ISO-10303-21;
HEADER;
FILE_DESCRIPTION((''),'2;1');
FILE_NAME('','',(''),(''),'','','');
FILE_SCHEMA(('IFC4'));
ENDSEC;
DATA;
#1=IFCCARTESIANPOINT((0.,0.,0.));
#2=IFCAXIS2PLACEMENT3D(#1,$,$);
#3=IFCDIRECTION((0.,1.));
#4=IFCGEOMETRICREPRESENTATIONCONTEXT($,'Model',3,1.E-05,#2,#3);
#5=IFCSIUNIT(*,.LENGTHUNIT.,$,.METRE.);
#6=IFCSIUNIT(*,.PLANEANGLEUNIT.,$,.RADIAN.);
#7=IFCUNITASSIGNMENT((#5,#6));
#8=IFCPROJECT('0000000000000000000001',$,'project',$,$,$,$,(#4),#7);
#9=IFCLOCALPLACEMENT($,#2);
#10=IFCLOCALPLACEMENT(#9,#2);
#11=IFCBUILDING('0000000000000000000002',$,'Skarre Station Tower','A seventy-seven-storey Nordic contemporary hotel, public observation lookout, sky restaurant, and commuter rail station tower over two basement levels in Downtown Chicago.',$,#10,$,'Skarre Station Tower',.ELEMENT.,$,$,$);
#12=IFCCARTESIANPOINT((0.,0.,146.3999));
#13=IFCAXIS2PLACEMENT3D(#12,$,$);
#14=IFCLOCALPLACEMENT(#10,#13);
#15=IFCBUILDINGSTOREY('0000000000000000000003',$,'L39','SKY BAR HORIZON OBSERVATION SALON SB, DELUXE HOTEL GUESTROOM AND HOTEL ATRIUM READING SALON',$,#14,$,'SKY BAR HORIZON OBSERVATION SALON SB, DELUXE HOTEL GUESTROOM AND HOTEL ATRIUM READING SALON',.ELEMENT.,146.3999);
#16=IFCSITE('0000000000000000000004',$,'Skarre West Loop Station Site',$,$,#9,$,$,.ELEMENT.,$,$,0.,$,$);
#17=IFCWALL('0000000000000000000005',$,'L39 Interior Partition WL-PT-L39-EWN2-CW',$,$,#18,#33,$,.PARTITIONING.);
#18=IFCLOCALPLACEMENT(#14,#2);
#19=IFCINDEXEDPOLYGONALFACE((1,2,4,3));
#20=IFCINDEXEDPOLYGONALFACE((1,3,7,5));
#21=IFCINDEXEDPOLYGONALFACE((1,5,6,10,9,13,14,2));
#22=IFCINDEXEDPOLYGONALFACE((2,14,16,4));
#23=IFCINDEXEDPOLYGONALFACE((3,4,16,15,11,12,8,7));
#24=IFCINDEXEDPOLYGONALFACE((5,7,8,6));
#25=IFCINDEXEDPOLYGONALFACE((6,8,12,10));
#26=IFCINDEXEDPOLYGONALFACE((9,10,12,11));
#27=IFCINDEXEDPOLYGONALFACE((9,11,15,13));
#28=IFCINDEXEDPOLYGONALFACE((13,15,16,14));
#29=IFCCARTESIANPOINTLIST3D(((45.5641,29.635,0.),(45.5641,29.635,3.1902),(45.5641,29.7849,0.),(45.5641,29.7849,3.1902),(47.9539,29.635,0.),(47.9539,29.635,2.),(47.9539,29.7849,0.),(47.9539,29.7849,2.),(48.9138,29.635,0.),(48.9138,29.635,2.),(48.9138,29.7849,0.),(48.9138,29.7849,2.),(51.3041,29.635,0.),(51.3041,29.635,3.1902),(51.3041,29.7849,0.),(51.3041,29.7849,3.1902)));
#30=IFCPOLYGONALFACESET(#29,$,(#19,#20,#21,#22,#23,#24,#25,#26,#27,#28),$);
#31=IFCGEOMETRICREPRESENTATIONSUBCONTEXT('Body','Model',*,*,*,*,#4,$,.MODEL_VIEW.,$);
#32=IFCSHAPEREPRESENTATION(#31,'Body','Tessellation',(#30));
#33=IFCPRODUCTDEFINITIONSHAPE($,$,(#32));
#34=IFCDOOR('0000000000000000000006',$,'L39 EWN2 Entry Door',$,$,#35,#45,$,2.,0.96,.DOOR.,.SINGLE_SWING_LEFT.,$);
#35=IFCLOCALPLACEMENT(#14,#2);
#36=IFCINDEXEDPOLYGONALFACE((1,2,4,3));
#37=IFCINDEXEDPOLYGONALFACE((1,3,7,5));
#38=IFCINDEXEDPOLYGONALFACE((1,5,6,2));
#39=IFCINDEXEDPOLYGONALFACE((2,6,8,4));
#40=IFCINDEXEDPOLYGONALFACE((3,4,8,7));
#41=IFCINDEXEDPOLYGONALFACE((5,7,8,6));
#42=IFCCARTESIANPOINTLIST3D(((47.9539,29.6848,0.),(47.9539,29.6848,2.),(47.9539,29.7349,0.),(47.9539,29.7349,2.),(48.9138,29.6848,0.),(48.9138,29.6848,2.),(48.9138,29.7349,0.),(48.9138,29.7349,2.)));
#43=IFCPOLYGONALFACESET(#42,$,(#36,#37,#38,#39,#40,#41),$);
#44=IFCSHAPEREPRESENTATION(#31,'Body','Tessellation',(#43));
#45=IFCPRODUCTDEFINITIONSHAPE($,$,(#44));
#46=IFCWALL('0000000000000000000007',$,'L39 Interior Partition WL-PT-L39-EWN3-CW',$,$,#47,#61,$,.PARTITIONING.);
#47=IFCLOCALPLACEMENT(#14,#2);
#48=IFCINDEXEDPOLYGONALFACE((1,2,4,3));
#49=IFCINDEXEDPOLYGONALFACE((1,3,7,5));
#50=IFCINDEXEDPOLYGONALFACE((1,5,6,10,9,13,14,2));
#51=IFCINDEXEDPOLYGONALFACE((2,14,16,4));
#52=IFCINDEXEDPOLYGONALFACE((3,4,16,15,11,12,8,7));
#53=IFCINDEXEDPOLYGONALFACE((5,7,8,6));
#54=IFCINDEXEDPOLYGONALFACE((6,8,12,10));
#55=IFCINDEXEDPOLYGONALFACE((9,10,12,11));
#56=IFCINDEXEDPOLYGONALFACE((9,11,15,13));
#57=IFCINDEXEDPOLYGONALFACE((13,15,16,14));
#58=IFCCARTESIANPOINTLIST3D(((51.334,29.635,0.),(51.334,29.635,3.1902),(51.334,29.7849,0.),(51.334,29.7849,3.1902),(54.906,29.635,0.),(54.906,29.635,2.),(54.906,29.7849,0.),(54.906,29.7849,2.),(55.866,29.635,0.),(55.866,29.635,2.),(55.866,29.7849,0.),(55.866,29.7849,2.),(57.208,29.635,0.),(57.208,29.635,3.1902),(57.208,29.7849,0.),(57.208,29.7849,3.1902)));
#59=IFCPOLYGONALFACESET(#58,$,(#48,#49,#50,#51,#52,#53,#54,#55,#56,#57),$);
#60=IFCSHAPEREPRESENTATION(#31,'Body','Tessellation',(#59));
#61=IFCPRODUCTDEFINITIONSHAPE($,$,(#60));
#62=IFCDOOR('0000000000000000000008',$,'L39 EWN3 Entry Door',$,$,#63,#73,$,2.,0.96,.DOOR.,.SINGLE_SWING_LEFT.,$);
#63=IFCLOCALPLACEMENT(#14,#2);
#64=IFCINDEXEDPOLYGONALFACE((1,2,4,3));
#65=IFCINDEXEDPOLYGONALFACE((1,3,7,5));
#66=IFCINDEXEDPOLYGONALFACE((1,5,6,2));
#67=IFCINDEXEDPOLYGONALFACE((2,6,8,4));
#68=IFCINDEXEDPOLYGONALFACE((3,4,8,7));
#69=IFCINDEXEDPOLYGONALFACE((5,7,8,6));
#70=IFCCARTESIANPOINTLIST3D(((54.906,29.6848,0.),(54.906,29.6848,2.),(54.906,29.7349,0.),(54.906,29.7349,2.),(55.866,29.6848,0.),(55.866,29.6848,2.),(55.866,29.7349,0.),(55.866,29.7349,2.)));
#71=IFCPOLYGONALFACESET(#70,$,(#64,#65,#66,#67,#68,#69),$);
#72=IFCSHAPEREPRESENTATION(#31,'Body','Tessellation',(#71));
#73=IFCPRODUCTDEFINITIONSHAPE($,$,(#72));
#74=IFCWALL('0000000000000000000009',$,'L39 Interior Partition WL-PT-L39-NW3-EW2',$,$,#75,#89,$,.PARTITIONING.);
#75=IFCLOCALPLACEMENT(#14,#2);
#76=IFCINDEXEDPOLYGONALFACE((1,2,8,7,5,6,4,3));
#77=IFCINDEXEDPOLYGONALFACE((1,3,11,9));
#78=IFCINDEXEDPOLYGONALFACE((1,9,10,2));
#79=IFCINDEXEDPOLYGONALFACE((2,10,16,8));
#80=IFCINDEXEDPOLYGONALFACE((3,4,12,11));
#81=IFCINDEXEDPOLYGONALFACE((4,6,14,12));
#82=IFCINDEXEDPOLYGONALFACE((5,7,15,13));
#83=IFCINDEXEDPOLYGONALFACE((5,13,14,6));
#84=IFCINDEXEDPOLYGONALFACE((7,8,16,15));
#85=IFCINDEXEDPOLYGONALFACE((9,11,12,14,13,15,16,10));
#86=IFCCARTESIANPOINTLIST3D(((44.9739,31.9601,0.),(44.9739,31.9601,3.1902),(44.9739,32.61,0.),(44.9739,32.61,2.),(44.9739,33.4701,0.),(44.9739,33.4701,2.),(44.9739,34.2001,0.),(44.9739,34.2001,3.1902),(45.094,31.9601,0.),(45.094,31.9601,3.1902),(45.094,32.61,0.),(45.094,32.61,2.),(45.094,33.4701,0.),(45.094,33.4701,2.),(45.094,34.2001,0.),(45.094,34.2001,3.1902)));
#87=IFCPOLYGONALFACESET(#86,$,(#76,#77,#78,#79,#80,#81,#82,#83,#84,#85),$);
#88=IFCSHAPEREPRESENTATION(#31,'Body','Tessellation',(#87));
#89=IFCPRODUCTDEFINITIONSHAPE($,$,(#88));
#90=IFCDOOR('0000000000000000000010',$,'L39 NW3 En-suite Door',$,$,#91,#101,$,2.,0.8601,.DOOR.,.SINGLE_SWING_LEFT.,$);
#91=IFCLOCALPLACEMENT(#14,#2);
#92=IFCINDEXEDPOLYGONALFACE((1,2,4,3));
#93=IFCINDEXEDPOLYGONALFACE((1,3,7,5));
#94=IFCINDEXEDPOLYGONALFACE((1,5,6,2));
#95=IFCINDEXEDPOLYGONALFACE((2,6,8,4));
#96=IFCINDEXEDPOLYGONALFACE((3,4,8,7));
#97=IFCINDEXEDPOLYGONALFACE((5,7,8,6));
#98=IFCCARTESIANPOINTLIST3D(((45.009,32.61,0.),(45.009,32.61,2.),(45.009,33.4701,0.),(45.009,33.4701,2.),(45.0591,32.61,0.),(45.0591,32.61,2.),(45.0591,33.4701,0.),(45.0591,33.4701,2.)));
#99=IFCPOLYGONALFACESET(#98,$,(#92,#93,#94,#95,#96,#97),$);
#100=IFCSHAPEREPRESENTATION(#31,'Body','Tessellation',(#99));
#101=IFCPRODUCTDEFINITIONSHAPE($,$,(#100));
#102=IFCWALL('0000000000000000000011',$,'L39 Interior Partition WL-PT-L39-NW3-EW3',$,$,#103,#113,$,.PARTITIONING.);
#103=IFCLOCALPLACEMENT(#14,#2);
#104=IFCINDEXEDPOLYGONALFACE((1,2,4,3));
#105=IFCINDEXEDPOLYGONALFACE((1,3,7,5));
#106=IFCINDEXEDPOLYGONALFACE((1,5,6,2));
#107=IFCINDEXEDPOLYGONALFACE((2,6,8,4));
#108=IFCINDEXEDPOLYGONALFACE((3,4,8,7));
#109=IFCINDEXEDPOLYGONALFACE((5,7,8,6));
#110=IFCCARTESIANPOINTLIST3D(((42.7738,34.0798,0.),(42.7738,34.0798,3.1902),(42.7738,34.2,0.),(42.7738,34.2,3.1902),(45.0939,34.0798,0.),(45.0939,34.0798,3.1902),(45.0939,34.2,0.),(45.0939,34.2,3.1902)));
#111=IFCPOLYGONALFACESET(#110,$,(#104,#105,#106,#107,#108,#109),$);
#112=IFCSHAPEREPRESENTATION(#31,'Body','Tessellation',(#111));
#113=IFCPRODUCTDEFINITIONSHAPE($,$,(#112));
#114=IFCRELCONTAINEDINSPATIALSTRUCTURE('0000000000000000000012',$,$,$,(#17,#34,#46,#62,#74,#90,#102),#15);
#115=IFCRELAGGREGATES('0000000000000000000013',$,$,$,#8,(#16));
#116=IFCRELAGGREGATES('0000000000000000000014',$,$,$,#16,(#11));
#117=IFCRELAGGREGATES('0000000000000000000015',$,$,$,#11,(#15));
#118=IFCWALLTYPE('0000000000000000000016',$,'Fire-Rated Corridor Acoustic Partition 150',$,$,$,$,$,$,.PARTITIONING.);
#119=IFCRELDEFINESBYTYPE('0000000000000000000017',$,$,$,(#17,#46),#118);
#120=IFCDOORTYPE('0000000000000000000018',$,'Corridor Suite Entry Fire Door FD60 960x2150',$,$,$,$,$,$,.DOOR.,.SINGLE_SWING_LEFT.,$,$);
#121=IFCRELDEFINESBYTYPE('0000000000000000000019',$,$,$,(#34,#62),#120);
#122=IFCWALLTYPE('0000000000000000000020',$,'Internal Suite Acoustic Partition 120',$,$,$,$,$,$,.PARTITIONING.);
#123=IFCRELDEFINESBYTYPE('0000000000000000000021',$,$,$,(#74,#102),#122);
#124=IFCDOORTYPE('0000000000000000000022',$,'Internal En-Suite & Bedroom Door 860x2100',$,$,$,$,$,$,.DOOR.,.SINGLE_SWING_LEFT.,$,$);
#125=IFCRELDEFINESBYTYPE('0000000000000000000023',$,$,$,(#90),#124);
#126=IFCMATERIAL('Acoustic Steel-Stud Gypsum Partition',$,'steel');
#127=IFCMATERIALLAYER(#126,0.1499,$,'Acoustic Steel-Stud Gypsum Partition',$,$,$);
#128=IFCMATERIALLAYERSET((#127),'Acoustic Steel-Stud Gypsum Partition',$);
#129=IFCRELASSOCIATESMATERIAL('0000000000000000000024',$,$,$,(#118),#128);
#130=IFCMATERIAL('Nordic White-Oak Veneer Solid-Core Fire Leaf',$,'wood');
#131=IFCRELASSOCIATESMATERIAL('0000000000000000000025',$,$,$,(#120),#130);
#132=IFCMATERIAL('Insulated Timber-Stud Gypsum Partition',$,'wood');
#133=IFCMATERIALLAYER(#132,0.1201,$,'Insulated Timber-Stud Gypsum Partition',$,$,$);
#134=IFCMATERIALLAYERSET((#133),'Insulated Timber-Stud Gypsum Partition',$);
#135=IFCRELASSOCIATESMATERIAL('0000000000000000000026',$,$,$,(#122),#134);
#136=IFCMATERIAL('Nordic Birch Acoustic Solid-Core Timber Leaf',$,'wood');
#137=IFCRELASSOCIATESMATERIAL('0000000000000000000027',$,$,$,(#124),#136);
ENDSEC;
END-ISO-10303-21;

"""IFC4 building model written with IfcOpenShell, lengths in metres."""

from ifc_helpers import new_model, si_unit, direction, frame, frame_2d, origin, place, context, subcontext, project, spatial, rectangle, extrude, material, layer, layer_set, type_object, element, fill, save


model = new_model("IFC4")

# Units and contexts
model_context = context("Model", 3, precision=1e-05, world=origin(), true_north=direction((0.0, 1.0)))
body_context = subcontext(model_context, "Body", "Model", "MODEL_VIEW")
ifc_project = project(units=[si_unit("LENGTHUNIT", "METRE"), si_unit("PLANEANGLEUNIT", "RADIAN")], contexts=[model_context])

# Site, building, storey
site_placement = place(None, origin())
site = spatial("IfcSite", under=ifc_project, at=site_placement, Name="Skarre West Loop Station Site", CompositionType="ELEMENT", RefElevation=0.0)
building_placement = place(site_placement, origin())
building = spatial("IfcBuilding", under=site, at=building_placement, Name="Skarre Station Tower", Description="A seventy-seven-storey Nordic contemporary hotel, public observation lookout, sky restaurant, and commuter rail station tower over two basement levels in Downtown Chicago.", LongName="Skarre Station Tower", CompositionType="ELEMENT")
storey_placement = place(building_placement, frame((0.0, 0.0, 146.3999)))
storey = spatial("IfcBuildingStorey", under=building, at=storey_placement, Name="L39", Description="SKY BAR HORIZON OBSERVATION SALON SB, DELUXE HOTEL GUESTROOM AND HOTEL ATRIUM READING SALON", LongName="SKY BAR HORIZON OBSERVATION SALON SB, DELUXE HOTEL GUESTROOM AND HOTEL ATRIUM READING SALON", CompositionType="ELEMENT", Elevation=146.3999)

# Walls, openings, doors
ifc_material_1 = material(Name="Acoustic Steel-Stud Gypsum Partition", Category="steel")
ifc_layer_1 = layer(ifc_material_1, 0.1499, Name="Acoustic Steel-Stud Gypsum Partition")
ifc_layer_set_1 = layer_set([ifc_layer_1], Name="Acoustic Steel-Stud Gypsum Partition")
wall_type_1 = type_object("IfcWallType", Name="Fire-Rated Corridor Acoustic Partition 150", PredefinedType="PARTITIONING", material=ifc_layer_set_1)
ifc_material_2 = material(Name="Nordic White-Oak Veneer Solid-Core Fire Leaf", Category="wood")
door_type_1 = type_object("IfcDoorType", Name="Corridor Suite Entry Fire Door FD60 960x2150", OperationType="SINGLE_SWING_LEFT", PredefinedType="DOOR", material=ifc_material_2)
wall_1_placement = place(storey_placement, frame((45.564, 29.71, 0.0), z_axis=(0.0, 0.0, 1.0), x_axis=(1.0, 0.0, 0.0)))
wall_1 = element("IfcWall", 1, at=wall_1_placement, inside=storey, type_object=wall_type_1, Name="L39 Interior Partition WL-PT-L39-EWN2-CW", PredefinedType="PARTITIONING", context=body_context, shape_type="SweptSolid", body=[
    extrude(rectangle(XDim=5.74, YDim=0.1499, at=frame_2d((2.8701, 0.0))), origin(), (0.0, 0.0, 1.0), 3.1902),
])
opening_1_placement = place(wall_1_placement, frame((2.3899, 0.0, 0.0)))
opening_1 = element("IfcOpeningElement", 2, at=opening_1_placement, cuts=wall_1, PredefinedType="OPENING", context=body_context, shape_type="SweptSolid", body=[
    extrude(rectangle(XDim=0.96, YDim=2.0, at=frame_2d((0.48, 1.0))), frame((0.0, 0.085, 0.0), z_axis=(0.0, -1.0, 0.0), x_axis=(1.0, 0.0, 0.0)), (0.0, 0.0, 1.0), 0.1699),
])
door_1_placement = place(opening_1_placement, origin())
door_1 = element("IfcDoor", 3, at=door_1_placement, inside=storey, type_object=door_type_1, Name="L39 EWN2 Entry Door", OperationType="SINGLE_SWING_LEFT", OverallHeight=2.0, OverallWidth=0.96, PredefinedType="DOOR", context=body_context, shape_type="SweptSolid", body=[
    extrude(rectangle(XDim=0.96, YDim=2.0, at=frame_2d((0.48, 1.0))), frame((0.0, 0.0249, 0.0), z_axis=(0.0, -1.0, 0.0), x_axis=(1.0, 0.0, 0.0)), (0.0, 0.0, 1.0), 0.05),
])
fill(opening_1, door_1)
wall_2_placement = place(storey_placement, frame((51.334, 29.71, 0.0), z_axis=(0.0, 0.0, 1.0), x_axis=(1.0, 0.0, 0.0)))
wall_2 = element("IfcWall", 4, at=wall_2_placement, inside=storey, type_object=wall_type_1, Name="L39 Interior Partition WL-PT-L39-EWN3-CW", PredefinedType="PARTITIONING", context=body_context, shape_type="SweptSolid", body=[
    extrude(rectangle(XDim=5.874, YDim=0.1499, at=frame_2d((2.937, 0.0))), origin(), (0.0, 0.0, 1.0), 3.1902),
])
opening_2_placement = place(wall_2_placement, frame((3.572, 0.0, 0.0)))
opening_2 = element("IfcOpeningElement", 5, at=opening_2_placement, cuts=wall_2, PredefinedType="OPENING", context=body_context, shape_type="SweptSolid", body=[
    extrude(rectangle(XDim=0.96, YDim=2.0, at=frame_2d((0.48, 1.0))), frame((0.0, 0.085, 0.0), z_axis=(0.0, -1.0, 0.0), x_axis=(1.0, 0.0, 0.0)), (0.0, 0.0, 1.0), 0.1699),
])
door_2_placement = place(opening_2_placement, origin())
door_2 = element("IfcDoor", 6, at=door_2_placement, inside=storey, type_object=door_type_1, Name="L39 EWN3 Entry Door", OperationType="SINGLE_SWING_LEFT", OverallHeight=2.0, OverallWidth=0.96, PredefinedType="DOOR", context=body_context, shape_type="SweptSolid", body=[
    extrude(rectangle(XDim=0.96, YDim=2.0, at=frame_2d((0.48, 1.0))), frame((0.0, 0.0249, 0.0), z_axis=(0.0, -1.0, 0.0), x_axis=(1.0, 0.0, 0.0)), (0.0, 0.0, 1.0), 0.05),
])
fill(opening_2, door_2)
ifc_material_3 = material(Name="Insulated Timber-Stud Gypsum Partition", Category="wood")
ifc_layer_2 = layer(ifc_material_3, 0.1201, Name="Insulated Timber-Stud Gypsum Partition")
ifc_layer_set_2 = layer_set([ifc_layer_2], Name="Insulated Timber-Stud Gypsum Partition")
wall_type_2 = type_object("IfcWallType", Name="Internal Suite Acoustic Partition 120", PredefinedType="PARTITIONING", material=ifc_layer_set_2)
wall_3_placement = place(storey_placement, frame((45.0339, 31.96, 0.0), z_axis=(0.0, 0.0, 1.0), x_axis=(0.0, 1.0, 0.0)))
wall_3 = element("IfcWall", 7, at=wall_3_placement, inside=storey, type_object=wall_type_2, Name="L39 Interior Partition WL-PT-L39-NW3-EW2", PredefinedType="PARTITIONING", context=body_context, shape_type="SweptSolid", body=[
    extrude(rectangle(XDim=2.24, YDim=0.1201, at=frame_2d((1.1201, 0.0))), origin(), (0.0, 0.0, 1.0), 3.1902),
])
opening_3_placement = place(wall_3_placement, frame((0.6499, 0.0, 0.0)))
opening_3 = element("IfcOpeningElement", 8, at=opening_3_placement, cuts=wall_3, PredefinedType="OPENING", context=body_context, shape_type="SweptSolid", body=[
    extrude(rectangle(XDim=0.8601, YDim=2.0, at=frame_2d((0.4302, 1.0))), frame((0.0, 0.0701, 0.0), z_axis=(0.0, -1.0, 0.0), x_axis=(1.0, 0.0, 0.0)), (0.0, 0.0, 1.0), 0.1401),
])
ifc_material_4 = material(Name="Nordic Birch Acoustic Solid-Core Timber Leaf", Category="wood")
door_type_2 = type_object("IfcDoorType", Name="Internal En-Suite & Bedroom Door 860x2100", OperationType="SINGLE_SWING_LEFT", PredefinedType="DOOR", material=ifc_material_4)
door_3_placement = place(opening_3_placement, origin())
door_3 = element("IfcDoor", 9, at=door_3_placement, inside=storey, type_object=door_type_2, Name="L39 NW3 En-suite Door", OperationType="SINGLE_SWING_LEFT", OverallHeight=2.0, OverallWidth=0.8601, PredefinedType="DOOR", context=body_context, shape_type="SweptSolid", body=[
    extrude(rectangle(XDim=0.8601, YDim=2.0, at=frame_2d((0.4302, 1.0))), frame((0.0, 0.0249, 0.0), z_axis=(0.0, -1.0, 0.0), x_axis=(1.0, 0.0, 0.0)), (0.0, 0.0, 1.0), 0.05),
])
fill(opening_3, door_3)

# Wall
wall_4_placement = place(storey_placement, frame((45.094, 34.1399, 0.0), z_axis=(0.0, 0.0, 1.0), x_axis=(-1.0, 0.0, 0.0)))
element("IfcWall", 10, at=wall_4_placement, inside=storey, type_object=wall_type_2, Name="L39 Interior Partition WL-PT-L39-NW3-EW3", PredefinedType="PARTITIONING", context=body_context, shape_type="SweptSolid", body=[
    extrude(rectangle(XDim=2.3201, YDim=0.1201, at=frame_2d((1.1602, 0.0))), origin(), (0.0, 0.0, 1.0), 3.1902),
])

save(model, "model.ifc")
